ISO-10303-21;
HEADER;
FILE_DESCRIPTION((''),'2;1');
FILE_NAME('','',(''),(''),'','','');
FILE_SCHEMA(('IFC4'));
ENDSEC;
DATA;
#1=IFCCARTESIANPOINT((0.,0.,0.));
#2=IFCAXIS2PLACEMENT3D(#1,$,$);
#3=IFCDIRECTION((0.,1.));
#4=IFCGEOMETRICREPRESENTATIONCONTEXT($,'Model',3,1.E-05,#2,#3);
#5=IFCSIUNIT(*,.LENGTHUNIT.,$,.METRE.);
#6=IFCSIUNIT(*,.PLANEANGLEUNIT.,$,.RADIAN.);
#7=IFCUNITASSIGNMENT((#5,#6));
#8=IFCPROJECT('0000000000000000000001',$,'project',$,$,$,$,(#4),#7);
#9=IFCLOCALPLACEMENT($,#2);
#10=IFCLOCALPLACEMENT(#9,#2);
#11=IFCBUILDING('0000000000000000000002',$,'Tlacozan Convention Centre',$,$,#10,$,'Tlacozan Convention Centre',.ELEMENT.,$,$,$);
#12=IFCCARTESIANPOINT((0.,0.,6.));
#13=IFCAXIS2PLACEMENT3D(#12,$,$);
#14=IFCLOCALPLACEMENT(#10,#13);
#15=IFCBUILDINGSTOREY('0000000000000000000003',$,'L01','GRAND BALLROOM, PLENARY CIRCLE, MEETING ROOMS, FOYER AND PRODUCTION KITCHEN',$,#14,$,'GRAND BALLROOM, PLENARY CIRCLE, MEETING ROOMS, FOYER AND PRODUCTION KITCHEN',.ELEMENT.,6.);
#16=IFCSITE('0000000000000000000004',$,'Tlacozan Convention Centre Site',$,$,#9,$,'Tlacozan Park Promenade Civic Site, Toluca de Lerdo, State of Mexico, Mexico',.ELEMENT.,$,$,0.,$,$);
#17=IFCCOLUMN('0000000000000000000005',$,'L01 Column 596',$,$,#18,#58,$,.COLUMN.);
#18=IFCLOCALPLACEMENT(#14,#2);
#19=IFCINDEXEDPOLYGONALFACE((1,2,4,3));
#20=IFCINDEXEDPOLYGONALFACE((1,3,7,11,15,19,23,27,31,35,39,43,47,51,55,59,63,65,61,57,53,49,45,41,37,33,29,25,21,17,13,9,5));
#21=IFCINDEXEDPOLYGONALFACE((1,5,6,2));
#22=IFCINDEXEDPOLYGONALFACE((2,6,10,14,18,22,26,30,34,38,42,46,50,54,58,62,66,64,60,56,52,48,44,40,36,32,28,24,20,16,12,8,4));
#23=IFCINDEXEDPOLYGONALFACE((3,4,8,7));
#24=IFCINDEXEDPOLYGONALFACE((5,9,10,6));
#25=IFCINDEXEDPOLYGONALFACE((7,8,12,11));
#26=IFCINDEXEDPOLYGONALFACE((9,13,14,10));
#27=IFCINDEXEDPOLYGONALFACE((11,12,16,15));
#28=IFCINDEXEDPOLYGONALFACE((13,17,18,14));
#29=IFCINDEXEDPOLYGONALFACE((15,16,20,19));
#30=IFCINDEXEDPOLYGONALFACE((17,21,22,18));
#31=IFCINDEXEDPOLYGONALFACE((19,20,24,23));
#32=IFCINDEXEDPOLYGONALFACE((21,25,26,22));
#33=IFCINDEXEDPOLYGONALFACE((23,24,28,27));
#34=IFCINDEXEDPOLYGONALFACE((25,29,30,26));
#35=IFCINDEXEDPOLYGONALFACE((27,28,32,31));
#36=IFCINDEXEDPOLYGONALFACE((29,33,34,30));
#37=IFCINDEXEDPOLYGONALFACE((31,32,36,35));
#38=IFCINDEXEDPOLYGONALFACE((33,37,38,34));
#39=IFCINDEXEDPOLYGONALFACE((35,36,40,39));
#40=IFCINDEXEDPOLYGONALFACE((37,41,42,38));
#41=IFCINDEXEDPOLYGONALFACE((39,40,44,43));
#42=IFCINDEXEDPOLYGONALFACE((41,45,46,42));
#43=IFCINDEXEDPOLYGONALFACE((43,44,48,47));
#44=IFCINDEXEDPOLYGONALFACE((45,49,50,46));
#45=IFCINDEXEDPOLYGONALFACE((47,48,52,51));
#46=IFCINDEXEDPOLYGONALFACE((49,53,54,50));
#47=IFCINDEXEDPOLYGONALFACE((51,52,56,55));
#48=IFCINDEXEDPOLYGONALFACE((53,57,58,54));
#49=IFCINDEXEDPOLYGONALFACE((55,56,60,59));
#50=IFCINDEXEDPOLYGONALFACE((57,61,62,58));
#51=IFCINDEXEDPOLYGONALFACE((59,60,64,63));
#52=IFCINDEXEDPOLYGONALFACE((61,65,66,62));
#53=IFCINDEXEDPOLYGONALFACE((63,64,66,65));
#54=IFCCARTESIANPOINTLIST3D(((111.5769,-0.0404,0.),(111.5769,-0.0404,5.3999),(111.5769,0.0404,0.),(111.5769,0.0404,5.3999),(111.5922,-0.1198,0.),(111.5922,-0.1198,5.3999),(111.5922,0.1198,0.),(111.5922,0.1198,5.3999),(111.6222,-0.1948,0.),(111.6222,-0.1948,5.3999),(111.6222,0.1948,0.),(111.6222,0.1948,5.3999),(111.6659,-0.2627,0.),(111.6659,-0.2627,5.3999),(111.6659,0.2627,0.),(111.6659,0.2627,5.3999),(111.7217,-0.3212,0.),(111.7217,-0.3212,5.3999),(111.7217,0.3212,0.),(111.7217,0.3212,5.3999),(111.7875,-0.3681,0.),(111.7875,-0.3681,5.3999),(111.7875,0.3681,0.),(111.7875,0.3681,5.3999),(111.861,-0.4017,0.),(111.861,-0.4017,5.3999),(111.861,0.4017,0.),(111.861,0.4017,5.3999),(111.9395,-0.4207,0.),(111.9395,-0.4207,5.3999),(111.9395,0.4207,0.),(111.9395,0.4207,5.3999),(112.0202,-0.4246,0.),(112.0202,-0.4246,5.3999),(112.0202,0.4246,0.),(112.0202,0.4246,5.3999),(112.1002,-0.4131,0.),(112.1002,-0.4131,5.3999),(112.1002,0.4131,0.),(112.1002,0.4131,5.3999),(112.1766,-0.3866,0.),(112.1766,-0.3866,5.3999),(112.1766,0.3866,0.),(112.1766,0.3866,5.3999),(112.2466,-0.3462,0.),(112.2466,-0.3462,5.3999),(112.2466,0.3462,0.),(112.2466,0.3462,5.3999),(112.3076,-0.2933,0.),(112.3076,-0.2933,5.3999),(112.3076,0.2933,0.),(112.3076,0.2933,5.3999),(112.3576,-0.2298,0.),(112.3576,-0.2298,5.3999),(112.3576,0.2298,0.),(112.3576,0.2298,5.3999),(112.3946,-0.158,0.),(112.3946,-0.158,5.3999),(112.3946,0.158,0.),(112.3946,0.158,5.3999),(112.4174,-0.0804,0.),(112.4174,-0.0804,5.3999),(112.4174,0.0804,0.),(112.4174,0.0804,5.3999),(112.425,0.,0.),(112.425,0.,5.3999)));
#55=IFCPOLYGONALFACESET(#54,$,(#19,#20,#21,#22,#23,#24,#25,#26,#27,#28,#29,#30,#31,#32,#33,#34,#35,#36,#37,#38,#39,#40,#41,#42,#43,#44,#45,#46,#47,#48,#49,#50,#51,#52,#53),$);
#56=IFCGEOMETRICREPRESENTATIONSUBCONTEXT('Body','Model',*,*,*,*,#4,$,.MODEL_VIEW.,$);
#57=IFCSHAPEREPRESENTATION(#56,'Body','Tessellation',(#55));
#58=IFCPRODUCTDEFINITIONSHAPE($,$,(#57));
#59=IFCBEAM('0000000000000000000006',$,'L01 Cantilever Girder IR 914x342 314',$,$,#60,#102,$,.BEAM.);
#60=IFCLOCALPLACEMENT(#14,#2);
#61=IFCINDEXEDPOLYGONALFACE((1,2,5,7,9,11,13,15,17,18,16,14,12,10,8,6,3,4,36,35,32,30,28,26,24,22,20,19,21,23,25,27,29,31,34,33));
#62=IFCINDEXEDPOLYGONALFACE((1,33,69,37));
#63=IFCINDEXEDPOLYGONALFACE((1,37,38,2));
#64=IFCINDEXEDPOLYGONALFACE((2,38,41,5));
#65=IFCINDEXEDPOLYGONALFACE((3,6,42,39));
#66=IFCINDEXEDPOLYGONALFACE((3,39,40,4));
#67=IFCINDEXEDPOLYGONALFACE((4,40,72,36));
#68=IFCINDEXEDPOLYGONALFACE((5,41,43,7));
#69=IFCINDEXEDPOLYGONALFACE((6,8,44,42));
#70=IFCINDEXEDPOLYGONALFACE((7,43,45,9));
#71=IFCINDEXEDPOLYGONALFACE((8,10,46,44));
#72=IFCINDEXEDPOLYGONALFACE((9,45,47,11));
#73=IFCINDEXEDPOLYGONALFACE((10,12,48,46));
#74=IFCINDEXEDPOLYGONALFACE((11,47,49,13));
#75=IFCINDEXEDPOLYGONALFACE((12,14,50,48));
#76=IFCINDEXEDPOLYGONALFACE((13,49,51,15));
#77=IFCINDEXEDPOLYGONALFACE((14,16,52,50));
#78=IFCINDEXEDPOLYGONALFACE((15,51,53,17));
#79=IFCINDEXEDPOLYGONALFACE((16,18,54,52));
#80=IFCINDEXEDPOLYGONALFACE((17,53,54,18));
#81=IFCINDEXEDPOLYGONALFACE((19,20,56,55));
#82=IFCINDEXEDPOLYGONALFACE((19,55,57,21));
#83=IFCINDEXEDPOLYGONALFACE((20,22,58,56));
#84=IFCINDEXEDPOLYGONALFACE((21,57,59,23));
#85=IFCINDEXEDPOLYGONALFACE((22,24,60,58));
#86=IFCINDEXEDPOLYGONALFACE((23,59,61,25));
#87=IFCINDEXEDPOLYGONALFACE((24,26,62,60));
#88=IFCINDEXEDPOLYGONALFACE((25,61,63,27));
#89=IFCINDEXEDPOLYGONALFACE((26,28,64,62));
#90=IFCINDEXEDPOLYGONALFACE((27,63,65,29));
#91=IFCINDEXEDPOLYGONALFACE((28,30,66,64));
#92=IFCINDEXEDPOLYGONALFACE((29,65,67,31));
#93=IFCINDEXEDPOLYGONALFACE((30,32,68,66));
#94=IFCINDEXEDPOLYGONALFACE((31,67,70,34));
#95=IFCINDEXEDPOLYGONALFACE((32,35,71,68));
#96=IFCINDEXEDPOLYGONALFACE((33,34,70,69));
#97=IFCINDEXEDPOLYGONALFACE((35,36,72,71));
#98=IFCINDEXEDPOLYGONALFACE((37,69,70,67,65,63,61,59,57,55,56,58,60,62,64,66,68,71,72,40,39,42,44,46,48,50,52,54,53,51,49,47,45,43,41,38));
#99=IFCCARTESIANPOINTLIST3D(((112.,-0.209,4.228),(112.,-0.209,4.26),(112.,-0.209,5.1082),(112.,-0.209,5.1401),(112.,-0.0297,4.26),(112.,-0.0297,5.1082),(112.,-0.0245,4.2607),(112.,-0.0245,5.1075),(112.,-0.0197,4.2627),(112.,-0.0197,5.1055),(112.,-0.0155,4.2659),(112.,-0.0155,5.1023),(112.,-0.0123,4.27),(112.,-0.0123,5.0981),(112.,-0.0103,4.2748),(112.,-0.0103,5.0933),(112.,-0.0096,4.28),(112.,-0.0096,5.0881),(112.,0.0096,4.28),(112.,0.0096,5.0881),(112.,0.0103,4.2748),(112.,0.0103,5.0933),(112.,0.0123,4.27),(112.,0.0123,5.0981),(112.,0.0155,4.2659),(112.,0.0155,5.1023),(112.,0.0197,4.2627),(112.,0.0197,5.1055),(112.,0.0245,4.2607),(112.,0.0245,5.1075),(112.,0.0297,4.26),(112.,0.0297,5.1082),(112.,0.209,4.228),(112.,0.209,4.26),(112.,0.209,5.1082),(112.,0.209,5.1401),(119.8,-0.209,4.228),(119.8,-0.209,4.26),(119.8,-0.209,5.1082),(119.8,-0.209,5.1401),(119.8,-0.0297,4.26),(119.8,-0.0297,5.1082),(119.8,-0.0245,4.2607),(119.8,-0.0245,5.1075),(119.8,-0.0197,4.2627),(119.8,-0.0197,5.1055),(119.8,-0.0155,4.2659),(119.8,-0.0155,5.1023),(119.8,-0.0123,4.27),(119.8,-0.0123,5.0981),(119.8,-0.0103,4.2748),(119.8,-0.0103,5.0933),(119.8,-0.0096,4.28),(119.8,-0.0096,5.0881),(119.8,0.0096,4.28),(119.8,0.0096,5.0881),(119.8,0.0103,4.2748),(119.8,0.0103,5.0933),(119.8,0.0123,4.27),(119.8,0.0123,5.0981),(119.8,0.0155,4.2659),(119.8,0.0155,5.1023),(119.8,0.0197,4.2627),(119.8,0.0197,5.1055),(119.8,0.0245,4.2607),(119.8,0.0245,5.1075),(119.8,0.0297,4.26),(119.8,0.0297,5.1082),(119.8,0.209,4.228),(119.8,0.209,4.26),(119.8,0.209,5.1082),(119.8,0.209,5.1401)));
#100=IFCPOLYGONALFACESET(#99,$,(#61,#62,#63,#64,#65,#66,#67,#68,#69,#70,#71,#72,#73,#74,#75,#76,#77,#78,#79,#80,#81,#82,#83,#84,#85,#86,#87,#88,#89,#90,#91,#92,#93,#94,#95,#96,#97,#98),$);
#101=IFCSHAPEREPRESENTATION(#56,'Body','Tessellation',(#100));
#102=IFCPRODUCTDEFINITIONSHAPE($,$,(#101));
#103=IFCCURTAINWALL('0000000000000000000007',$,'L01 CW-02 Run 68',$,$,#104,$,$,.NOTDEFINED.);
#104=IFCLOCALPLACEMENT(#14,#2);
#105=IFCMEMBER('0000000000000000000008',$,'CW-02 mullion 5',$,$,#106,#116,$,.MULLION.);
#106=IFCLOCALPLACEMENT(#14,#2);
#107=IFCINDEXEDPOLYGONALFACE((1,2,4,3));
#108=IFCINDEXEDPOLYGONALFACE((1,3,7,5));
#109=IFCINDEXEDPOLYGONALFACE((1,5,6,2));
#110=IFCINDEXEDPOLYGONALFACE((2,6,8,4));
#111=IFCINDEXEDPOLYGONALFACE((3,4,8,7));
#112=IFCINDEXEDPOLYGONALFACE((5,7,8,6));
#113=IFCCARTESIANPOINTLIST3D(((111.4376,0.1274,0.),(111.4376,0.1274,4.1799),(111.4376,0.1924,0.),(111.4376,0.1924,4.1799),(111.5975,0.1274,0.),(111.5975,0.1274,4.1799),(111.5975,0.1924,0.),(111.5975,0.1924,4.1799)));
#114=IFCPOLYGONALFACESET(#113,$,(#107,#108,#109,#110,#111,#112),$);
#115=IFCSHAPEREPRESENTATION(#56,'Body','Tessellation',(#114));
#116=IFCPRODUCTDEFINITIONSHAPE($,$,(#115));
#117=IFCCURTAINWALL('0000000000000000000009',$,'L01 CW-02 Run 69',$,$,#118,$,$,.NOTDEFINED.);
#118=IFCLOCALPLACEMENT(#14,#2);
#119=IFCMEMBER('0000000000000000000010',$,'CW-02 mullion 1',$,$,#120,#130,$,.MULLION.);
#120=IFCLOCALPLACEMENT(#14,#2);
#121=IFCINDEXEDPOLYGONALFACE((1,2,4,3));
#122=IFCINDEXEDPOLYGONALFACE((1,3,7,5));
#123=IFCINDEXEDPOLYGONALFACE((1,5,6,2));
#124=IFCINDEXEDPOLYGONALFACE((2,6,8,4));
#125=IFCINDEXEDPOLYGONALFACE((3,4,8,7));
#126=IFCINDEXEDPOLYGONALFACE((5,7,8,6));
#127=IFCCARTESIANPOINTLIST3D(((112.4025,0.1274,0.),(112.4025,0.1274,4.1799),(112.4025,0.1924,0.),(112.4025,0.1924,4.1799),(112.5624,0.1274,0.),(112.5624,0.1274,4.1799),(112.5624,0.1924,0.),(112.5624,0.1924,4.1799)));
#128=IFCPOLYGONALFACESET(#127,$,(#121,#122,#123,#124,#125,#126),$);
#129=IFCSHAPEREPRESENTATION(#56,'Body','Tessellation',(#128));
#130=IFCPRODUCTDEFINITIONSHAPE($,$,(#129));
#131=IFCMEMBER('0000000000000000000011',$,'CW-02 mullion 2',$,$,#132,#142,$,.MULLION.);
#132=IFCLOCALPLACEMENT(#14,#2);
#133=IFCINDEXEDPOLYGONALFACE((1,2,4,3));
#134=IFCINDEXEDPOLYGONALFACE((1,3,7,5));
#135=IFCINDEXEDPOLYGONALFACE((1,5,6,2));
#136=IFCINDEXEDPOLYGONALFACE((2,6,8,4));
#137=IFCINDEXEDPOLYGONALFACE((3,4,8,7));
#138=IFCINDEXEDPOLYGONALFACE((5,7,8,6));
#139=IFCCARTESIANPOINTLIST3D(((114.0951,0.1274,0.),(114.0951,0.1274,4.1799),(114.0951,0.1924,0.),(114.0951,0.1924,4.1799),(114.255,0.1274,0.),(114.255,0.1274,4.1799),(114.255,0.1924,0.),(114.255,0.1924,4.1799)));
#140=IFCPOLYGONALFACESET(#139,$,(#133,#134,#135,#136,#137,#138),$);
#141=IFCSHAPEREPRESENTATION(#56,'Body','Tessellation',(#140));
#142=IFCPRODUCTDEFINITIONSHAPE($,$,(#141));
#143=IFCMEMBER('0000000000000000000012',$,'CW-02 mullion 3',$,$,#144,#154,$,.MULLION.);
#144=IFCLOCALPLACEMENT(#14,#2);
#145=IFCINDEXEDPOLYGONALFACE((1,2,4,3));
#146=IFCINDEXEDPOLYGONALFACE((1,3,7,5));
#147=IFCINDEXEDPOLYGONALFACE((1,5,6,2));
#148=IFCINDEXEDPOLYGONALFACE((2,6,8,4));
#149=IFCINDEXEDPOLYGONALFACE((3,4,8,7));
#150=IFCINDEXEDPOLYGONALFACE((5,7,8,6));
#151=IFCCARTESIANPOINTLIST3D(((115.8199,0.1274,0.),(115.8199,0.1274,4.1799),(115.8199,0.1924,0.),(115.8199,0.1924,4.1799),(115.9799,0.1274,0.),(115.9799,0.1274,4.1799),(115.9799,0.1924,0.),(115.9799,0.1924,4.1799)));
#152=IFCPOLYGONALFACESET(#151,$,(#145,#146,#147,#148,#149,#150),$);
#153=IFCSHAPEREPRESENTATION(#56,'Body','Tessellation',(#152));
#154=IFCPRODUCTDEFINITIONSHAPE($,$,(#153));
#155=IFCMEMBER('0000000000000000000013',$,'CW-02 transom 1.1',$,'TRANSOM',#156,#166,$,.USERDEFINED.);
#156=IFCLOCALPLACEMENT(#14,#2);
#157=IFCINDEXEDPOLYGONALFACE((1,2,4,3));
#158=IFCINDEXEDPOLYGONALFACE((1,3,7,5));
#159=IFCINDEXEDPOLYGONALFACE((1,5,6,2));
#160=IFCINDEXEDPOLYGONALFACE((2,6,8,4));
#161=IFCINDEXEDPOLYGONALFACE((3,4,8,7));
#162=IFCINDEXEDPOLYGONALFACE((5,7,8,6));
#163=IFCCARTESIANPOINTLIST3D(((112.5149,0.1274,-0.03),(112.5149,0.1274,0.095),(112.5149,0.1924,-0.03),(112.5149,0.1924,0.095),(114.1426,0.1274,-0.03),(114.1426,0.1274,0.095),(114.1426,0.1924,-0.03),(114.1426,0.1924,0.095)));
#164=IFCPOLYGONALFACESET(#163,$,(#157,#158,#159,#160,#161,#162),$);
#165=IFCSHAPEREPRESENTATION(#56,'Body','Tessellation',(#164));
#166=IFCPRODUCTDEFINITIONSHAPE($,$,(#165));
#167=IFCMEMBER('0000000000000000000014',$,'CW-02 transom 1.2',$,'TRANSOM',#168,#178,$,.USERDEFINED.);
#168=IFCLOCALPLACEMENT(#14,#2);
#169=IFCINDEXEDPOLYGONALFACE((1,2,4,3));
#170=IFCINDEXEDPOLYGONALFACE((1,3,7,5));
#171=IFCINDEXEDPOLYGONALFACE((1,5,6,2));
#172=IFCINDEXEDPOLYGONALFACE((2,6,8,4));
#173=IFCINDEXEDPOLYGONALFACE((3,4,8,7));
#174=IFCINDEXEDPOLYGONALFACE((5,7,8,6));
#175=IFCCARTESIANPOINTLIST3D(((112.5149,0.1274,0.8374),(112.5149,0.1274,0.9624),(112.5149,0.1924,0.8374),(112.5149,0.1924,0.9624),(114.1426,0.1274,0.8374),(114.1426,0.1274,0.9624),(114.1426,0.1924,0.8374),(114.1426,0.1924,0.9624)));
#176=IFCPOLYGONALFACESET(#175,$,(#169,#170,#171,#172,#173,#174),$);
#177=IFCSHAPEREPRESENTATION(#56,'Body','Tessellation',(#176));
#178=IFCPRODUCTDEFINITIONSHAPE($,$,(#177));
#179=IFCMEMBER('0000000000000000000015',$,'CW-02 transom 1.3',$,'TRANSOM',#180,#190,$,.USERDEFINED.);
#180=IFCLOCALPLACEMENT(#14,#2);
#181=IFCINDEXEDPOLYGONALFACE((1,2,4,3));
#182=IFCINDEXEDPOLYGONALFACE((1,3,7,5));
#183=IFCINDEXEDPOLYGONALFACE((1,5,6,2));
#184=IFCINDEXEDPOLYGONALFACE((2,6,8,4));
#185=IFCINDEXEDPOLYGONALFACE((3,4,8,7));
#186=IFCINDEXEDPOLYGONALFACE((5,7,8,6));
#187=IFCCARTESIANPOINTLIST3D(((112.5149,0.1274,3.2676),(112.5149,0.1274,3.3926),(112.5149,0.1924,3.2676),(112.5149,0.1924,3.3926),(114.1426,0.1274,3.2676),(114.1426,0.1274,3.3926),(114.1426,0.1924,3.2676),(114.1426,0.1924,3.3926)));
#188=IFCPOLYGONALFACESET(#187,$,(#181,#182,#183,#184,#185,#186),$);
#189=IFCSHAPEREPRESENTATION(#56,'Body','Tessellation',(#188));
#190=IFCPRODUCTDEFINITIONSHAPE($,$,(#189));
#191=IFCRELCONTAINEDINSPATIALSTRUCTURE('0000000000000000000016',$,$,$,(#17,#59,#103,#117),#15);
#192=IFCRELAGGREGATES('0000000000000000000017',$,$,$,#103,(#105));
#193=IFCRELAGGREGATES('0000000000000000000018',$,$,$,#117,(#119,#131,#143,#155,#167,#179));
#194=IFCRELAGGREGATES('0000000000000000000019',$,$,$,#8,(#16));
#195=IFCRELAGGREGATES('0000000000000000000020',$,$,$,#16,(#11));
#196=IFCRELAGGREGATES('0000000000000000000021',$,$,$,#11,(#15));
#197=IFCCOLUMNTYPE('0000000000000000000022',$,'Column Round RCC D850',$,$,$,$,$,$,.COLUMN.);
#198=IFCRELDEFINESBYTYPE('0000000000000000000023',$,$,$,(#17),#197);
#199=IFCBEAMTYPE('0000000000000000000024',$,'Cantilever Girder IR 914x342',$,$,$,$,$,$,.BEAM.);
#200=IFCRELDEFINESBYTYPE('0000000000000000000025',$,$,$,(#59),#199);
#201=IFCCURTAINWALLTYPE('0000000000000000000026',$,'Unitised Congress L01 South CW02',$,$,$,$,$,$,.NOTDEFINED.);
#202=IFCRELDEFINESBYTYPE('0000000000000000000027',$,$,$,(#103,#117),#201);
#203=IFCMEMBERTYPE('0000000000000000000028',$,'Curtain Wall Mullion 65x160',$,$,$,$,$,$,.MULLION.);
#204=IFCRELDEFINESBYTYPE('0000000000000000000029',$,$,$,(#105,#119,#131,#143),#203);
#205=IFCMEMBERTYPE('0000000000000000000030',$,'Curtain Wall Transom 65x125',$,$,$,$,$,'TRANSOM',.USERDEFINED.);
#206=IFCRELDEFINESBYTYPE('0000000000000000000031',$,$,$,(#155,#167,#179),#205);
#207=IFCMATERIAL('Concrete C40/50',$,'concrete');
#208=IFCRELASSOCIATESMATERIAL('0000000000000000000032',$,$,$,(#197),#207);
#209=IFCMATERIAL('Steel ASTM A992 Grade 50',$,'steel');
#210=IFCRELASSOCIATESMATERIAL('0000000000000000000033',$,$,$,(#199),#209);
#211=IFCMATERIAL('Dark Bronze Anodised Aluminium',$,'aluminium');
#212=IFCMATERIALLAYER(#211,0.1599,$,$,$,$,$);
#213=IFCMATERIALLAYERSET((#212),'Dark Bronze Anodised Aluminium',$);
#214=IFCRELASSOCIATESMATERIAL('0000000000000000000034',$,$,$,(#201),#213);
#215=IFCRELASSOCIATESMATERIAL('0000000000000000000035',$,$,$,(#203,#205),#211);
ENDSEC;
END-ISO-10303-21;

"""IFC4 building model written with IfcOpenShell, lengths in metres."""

from ifc_helpers import new_model, si_unit, direction, frame, origin, origin_2d, place, context, subcontext, project, spatial, rectangle, circle, i_section, extrude, material, layer, layer_set, material_profile, profile_set, type_object, element, aggregate, save


model = new_model("IFC4")

# Units and contexts
model_context = context("Model", 3, precision=1e-05, world=origin(), true_north=direction((0.0, 1.0)))
body_context = subcontext(model_context, "Body", "Model", "MODEL_VIEW")
ifc_project = project(units=[si_unit("LENGTHUNIT", "METRE"), si_unit("PLANEANGLEUNIT", "RADIAN")], contexts=[model_context])

# Site, building, storey
site_placement = place(None, origin())
site = spatial("IfcSite", under=ifc_project, at=site_placement, Name="Tlacozan Convention Centre Site", LongName="Tlacozan Park Promenade Civic Site, Toluca de Lerdo, State of Mexico, Mexico", CompositionType="ELEMENT", RefElevation=0.0)
building_placement = place(site_placement, origin())
building = spatial("IfcBuilding", under=site, at=building_placement, Name="Tlacozan Convention Centre", LongName="Tlacozan Convention Centre", CompositionType="ELEMENT")
storey_placement = place(building_placement, frame((0.0, 0.0, 6.0)))
storey = spatial("IfcBuildingStorey", under=building, at=storey_placement, Name="L01", Description="GRAND BALLROOM, PLENARY CIRCLE, MEETING ROOMS, FOYER AND PRODUCTION KITCHEN", LongName="GRAND BALLROOM, PLENARY CIRCLE, MEETING ROOMS, FOYER AND PRODUCTION KITCHEN", CompositionType="ELEMENT", Elevation=6.0)

# Column
ifc_material_1 = material(Name="Concrete C40/50", Category="concrete")
ifc_material_profile_1 = material_profile(ifc_material_1, circle(Radius=0.425, at=origin_2d()), Name="RCC D850")
ifc_profile_set_1 = profile_set([ifc_material_profile_1], Name="Concrete C40/50")
column_type = type_object("IfcColumnType", Name="Column Round RCC D850", PredefinedType="COLUMN", material=ifc_profile_set_1)
column_placement = place(storey_placement, frame((112.0, 0.0, 0.0), z_axis=(0.0, 0.0, 1.0), x_axis=(1.0, 0.0, 0.0)))
element("IfcColumn", 1, at=column_placement, inside=storey, type_object=column_type, Name="L01 Column 596", PredefinedType="COLUMN", context=body_context, shape_type="SweptSolid", body=[
    extrude(circle(Radius=0.425, at=origin_2d()), origin(), (0.0, 0.0, 1.0), 5.3999),
])

# Beam
ifc_material_2 = material(Name="Steel ASTM A992 Grade 50", Category="steel")
ifc_material_profile_2 = material_profile(ifc_material_2, i_section(OverallWidth=0.418, OverallDepth=0.9121, WebThickness=0.0193, FlangeThickness=0.032, FilletRadius=0.02, at=origin_2d()), Name="IR 914x342.0")
ifc_profile_set_2 = profile_set([ifc_material_profile_2], Name="Steel ASTM A992 Grade 50")
beam_type_1 = type_object("IfcBeamType", Name="Cantilever Girder IR 914x342", PredefinedType="BEAM", material=ifc_profile_set_2)
beam_1_placement = place(storey_placement, frame((112.0, 0.0, 4.6841), z_axis=(1.0, 0.0, 0.0), x_axis=(0.0, 1.0, 0.0)))
element("IfcBeam", 2, at=beam_1_placement, inside=storey, type_object=beam_type_1, Name="L01 Cantilever Girder IR 914x342 314", PredefinedType="BEAM", context=body_context, shape_type="SweptSolid", body=[
    extrude(i_section(OverallWidth=0.418, OverallDepth=0.9121, WebThickness=0.0193, FlangeThickness=0.032, FilletRadius=0.02, at=origin_2d()), origin(), (0.0, 0.0, 1.0), 7.8),
])

# Curtain wall, member
ifc_material_3 = material(Name="Dark Bronze Anodised Aluminium", Category="aluminium")
ifc_layer_1 = layer(ifc_material_3, 0.1599)
ifc_layer_set_1 = layer_set([ifc_layer_1], Name="Dark Bronze Anodised Aluminium")
curtain_wall_type = type_object("IfcCurtainWallType", Name="Unitised Congress L01 South CW02", PredefinedType="NOTDEFINED", material=ifc_layer_set_1)
curtain_wall_1_placement = place(storey_placement, origin())
curtain_wall_1 = element("IfcCurtainWall", 3, at=curtain_wall_1_placement, inside=storey, type_object=curtain_wall_type, Name="L01 CW-02 Run 68", PredefinedType="NOTDEFINED")
ifc_material_profile_3 = material_profile(ifc_material_3, rectangle(XDim=0.0649, YDim=0.1599, at=origin_2d()), Name="ALU 65x160")
ifc_profile_set_3 = profile_set([ifc_material_profile_3], Name="Dark Bronze Anodised Aluminium")
member_type_1 = type_object("IfcMemberType", Name="Curtain Wall Mullion 65x160", PredefinedType="MULLION", material=ifc_profile_set_3)
member_1_placement = place(storey_placement, frame((111.5176, 0.1599, 0.0), z_axis=(0.0, 0.0, 1.0), x_axis=(0.0, 1.0, 0.0)))
member_1 = element("IfcMember", 4, at=member_1_placement, type_object=member_type_1, Name="CW-02 mullion 5", PredefinedType="MULLION", context=body_context, shape_type="SweptSolid", body=[
    extrude(rectangle(XDim=0.0649, YDim=0.1599, at=origin_2d()), origin(), (0.0, 0.0, 1.0), 4.1799),
])
aggregate(curtain_wall_1, [member_1])

# Curtain wall, members
curtain_wall_2_placement = place(storey_placement, origin())
curtain_wall_2 = element("IfcCurtainWall", 5, at=curtain_wall_2_placement, inside=storey, type_object=curtain_wall_type, Name="L01 CW-02 Run 69", PredefinedType="NOTDEFINED")
member_2_placement = place(storey_placement, frame((112.4824, 0.1599, 0.0), z_axis=(0.0, 0.0, 1.0), x_axis=(0.0, 1.0, 0.0)))
member_2 = element("IfcMember", 6, at=member_2_placement, type_object=member_type_1, Name="CW-02 mullion 1", PredefinedType="MULLION", context=body_context, shape_type="SweptSolid", body=[
    extrude(rectangle(XDim=0.0649, YDim=0.1599, at=origin_2d()), origin(), (0.0, 0.0, 1.0), 4.1799),
])
member_3_placement = place(storey_placement, frame((114.175, 0.1599, 0.0), z_axis=(0.0, 0.0, 1.0), x_axis=(0.0, 1.0, 0.0)))
member_3 = element("IfcMember", 7, at=member_3_placement, type_object=member_type_1, Name="CW-02 mullion 2", PredefinedType="MULLION", context=body_context, shape_type="SweptSolid", body=[
    extrude(rectangle(XDim=0.0649, YDim=0.1599, at=origin_2d()), origin(), (0.0, 0.0, 1.0), 4.1799),
])
member_4_placement = place(storey_placement, frame((115.8999, 0.1599, 0.0), z_axis=(0.0, 0.0, 1.0), x_axis=(0.0, 1.0, 0.0)))
member_4 = element("IfcMember", 8, at=member_4_placement, type_object=member_type_1, Name="CW-02 mullion 3", PredefinedType="MULLION", context=body_context, shape_type="SweptSolid", body=[
    extrude(rectangle(XDim=0.0649, YDim=0.1599, at=origin_2d()), origin(), (0.0, 0.0, 1.0), 4.1799),
])
ifc_material_profile_4 = material_profile(ifc_material_3, rectangle(XDim=0.0649, YDim=0.125, at=origin_2d()), Name="ALU 65x125")
ifc_profile_set_4 = profile_set([ifc_material_profile_4], Name="Dark Bronze Anodised Aluminium")
member_type_2 = type_object("IfcMemberType", Name="Curtain Wall Transom 65x125", ElementType="TRANSOM", PredefinedType="USERDEFINED", material=ifc_profile_set_4)
member_5_placement = place(storey_placement, frame((112.5149, 0.1599, 0.0325), z_axis=(1.0, 0.0, 0.0), x_axis=(0.0, 1.0, 0.0)))
member_5 = element("IfcMember", 9, at=member_5_placement, type_object=member_type_2, Name="CW-02 transom 1.1", ObjectType="TRANSOM", PredefinedType="USERDEFINED", context=body_context, shape_type="SweptSolid", body=[
    extrude(rectangle(XDim=0.0649, YDim=0.125, at=origin_2d()), origin(), (0.0, 0.0, 1.0), 1.6277),
])
member_6_placement = place(storey_placement, frame((112.5149, 0.1599, 0.8999), z_axis=(1.0, 0.0, 0.0), x_axis=(0.0, 1.0, 0.0)))
member_6 = element("IfcMember", 10, at=member_6_placement, type_object=member_type_2, Name="CW-02 transom 1.2", ObjectType="TRANSOM", PredefinedType="USERDEFINED", context=body_context, shape_type="SweptSolid", body=[
    extrude(rectangle(XDim=0.0649, YDim=0.125, at=origin_2d()), origin(), (0.0, 0.0, 1.0), 1.6277),
])
member_7_placement = place(storey_placement, frame((112.5149, 0.1599, 3.3301), z_axis=(1.0, 0.0, 0.0), x_axis=(0.0, 1.0, 0.0)))
member_7 = element("IfcMember", 11, at=member_7_placement, type_object=member_type_2, Name="CW-02 transom 1.3", ObjectType="TRANSOM", PredefinedType="USERDEFINED", context=body_context, shape_type="SweptSolid", body=[
    extrude(rectangle(XDim=0.0649, YDim=0.125, at=origin_2d()), origin(), (0.0, 0.0, 1.0), 1.6277),
])

aggregate(curtain_wall_2, [member_2, member_3, member_4, member_5, member_6, member_7])

save(model, "model.ifc")
